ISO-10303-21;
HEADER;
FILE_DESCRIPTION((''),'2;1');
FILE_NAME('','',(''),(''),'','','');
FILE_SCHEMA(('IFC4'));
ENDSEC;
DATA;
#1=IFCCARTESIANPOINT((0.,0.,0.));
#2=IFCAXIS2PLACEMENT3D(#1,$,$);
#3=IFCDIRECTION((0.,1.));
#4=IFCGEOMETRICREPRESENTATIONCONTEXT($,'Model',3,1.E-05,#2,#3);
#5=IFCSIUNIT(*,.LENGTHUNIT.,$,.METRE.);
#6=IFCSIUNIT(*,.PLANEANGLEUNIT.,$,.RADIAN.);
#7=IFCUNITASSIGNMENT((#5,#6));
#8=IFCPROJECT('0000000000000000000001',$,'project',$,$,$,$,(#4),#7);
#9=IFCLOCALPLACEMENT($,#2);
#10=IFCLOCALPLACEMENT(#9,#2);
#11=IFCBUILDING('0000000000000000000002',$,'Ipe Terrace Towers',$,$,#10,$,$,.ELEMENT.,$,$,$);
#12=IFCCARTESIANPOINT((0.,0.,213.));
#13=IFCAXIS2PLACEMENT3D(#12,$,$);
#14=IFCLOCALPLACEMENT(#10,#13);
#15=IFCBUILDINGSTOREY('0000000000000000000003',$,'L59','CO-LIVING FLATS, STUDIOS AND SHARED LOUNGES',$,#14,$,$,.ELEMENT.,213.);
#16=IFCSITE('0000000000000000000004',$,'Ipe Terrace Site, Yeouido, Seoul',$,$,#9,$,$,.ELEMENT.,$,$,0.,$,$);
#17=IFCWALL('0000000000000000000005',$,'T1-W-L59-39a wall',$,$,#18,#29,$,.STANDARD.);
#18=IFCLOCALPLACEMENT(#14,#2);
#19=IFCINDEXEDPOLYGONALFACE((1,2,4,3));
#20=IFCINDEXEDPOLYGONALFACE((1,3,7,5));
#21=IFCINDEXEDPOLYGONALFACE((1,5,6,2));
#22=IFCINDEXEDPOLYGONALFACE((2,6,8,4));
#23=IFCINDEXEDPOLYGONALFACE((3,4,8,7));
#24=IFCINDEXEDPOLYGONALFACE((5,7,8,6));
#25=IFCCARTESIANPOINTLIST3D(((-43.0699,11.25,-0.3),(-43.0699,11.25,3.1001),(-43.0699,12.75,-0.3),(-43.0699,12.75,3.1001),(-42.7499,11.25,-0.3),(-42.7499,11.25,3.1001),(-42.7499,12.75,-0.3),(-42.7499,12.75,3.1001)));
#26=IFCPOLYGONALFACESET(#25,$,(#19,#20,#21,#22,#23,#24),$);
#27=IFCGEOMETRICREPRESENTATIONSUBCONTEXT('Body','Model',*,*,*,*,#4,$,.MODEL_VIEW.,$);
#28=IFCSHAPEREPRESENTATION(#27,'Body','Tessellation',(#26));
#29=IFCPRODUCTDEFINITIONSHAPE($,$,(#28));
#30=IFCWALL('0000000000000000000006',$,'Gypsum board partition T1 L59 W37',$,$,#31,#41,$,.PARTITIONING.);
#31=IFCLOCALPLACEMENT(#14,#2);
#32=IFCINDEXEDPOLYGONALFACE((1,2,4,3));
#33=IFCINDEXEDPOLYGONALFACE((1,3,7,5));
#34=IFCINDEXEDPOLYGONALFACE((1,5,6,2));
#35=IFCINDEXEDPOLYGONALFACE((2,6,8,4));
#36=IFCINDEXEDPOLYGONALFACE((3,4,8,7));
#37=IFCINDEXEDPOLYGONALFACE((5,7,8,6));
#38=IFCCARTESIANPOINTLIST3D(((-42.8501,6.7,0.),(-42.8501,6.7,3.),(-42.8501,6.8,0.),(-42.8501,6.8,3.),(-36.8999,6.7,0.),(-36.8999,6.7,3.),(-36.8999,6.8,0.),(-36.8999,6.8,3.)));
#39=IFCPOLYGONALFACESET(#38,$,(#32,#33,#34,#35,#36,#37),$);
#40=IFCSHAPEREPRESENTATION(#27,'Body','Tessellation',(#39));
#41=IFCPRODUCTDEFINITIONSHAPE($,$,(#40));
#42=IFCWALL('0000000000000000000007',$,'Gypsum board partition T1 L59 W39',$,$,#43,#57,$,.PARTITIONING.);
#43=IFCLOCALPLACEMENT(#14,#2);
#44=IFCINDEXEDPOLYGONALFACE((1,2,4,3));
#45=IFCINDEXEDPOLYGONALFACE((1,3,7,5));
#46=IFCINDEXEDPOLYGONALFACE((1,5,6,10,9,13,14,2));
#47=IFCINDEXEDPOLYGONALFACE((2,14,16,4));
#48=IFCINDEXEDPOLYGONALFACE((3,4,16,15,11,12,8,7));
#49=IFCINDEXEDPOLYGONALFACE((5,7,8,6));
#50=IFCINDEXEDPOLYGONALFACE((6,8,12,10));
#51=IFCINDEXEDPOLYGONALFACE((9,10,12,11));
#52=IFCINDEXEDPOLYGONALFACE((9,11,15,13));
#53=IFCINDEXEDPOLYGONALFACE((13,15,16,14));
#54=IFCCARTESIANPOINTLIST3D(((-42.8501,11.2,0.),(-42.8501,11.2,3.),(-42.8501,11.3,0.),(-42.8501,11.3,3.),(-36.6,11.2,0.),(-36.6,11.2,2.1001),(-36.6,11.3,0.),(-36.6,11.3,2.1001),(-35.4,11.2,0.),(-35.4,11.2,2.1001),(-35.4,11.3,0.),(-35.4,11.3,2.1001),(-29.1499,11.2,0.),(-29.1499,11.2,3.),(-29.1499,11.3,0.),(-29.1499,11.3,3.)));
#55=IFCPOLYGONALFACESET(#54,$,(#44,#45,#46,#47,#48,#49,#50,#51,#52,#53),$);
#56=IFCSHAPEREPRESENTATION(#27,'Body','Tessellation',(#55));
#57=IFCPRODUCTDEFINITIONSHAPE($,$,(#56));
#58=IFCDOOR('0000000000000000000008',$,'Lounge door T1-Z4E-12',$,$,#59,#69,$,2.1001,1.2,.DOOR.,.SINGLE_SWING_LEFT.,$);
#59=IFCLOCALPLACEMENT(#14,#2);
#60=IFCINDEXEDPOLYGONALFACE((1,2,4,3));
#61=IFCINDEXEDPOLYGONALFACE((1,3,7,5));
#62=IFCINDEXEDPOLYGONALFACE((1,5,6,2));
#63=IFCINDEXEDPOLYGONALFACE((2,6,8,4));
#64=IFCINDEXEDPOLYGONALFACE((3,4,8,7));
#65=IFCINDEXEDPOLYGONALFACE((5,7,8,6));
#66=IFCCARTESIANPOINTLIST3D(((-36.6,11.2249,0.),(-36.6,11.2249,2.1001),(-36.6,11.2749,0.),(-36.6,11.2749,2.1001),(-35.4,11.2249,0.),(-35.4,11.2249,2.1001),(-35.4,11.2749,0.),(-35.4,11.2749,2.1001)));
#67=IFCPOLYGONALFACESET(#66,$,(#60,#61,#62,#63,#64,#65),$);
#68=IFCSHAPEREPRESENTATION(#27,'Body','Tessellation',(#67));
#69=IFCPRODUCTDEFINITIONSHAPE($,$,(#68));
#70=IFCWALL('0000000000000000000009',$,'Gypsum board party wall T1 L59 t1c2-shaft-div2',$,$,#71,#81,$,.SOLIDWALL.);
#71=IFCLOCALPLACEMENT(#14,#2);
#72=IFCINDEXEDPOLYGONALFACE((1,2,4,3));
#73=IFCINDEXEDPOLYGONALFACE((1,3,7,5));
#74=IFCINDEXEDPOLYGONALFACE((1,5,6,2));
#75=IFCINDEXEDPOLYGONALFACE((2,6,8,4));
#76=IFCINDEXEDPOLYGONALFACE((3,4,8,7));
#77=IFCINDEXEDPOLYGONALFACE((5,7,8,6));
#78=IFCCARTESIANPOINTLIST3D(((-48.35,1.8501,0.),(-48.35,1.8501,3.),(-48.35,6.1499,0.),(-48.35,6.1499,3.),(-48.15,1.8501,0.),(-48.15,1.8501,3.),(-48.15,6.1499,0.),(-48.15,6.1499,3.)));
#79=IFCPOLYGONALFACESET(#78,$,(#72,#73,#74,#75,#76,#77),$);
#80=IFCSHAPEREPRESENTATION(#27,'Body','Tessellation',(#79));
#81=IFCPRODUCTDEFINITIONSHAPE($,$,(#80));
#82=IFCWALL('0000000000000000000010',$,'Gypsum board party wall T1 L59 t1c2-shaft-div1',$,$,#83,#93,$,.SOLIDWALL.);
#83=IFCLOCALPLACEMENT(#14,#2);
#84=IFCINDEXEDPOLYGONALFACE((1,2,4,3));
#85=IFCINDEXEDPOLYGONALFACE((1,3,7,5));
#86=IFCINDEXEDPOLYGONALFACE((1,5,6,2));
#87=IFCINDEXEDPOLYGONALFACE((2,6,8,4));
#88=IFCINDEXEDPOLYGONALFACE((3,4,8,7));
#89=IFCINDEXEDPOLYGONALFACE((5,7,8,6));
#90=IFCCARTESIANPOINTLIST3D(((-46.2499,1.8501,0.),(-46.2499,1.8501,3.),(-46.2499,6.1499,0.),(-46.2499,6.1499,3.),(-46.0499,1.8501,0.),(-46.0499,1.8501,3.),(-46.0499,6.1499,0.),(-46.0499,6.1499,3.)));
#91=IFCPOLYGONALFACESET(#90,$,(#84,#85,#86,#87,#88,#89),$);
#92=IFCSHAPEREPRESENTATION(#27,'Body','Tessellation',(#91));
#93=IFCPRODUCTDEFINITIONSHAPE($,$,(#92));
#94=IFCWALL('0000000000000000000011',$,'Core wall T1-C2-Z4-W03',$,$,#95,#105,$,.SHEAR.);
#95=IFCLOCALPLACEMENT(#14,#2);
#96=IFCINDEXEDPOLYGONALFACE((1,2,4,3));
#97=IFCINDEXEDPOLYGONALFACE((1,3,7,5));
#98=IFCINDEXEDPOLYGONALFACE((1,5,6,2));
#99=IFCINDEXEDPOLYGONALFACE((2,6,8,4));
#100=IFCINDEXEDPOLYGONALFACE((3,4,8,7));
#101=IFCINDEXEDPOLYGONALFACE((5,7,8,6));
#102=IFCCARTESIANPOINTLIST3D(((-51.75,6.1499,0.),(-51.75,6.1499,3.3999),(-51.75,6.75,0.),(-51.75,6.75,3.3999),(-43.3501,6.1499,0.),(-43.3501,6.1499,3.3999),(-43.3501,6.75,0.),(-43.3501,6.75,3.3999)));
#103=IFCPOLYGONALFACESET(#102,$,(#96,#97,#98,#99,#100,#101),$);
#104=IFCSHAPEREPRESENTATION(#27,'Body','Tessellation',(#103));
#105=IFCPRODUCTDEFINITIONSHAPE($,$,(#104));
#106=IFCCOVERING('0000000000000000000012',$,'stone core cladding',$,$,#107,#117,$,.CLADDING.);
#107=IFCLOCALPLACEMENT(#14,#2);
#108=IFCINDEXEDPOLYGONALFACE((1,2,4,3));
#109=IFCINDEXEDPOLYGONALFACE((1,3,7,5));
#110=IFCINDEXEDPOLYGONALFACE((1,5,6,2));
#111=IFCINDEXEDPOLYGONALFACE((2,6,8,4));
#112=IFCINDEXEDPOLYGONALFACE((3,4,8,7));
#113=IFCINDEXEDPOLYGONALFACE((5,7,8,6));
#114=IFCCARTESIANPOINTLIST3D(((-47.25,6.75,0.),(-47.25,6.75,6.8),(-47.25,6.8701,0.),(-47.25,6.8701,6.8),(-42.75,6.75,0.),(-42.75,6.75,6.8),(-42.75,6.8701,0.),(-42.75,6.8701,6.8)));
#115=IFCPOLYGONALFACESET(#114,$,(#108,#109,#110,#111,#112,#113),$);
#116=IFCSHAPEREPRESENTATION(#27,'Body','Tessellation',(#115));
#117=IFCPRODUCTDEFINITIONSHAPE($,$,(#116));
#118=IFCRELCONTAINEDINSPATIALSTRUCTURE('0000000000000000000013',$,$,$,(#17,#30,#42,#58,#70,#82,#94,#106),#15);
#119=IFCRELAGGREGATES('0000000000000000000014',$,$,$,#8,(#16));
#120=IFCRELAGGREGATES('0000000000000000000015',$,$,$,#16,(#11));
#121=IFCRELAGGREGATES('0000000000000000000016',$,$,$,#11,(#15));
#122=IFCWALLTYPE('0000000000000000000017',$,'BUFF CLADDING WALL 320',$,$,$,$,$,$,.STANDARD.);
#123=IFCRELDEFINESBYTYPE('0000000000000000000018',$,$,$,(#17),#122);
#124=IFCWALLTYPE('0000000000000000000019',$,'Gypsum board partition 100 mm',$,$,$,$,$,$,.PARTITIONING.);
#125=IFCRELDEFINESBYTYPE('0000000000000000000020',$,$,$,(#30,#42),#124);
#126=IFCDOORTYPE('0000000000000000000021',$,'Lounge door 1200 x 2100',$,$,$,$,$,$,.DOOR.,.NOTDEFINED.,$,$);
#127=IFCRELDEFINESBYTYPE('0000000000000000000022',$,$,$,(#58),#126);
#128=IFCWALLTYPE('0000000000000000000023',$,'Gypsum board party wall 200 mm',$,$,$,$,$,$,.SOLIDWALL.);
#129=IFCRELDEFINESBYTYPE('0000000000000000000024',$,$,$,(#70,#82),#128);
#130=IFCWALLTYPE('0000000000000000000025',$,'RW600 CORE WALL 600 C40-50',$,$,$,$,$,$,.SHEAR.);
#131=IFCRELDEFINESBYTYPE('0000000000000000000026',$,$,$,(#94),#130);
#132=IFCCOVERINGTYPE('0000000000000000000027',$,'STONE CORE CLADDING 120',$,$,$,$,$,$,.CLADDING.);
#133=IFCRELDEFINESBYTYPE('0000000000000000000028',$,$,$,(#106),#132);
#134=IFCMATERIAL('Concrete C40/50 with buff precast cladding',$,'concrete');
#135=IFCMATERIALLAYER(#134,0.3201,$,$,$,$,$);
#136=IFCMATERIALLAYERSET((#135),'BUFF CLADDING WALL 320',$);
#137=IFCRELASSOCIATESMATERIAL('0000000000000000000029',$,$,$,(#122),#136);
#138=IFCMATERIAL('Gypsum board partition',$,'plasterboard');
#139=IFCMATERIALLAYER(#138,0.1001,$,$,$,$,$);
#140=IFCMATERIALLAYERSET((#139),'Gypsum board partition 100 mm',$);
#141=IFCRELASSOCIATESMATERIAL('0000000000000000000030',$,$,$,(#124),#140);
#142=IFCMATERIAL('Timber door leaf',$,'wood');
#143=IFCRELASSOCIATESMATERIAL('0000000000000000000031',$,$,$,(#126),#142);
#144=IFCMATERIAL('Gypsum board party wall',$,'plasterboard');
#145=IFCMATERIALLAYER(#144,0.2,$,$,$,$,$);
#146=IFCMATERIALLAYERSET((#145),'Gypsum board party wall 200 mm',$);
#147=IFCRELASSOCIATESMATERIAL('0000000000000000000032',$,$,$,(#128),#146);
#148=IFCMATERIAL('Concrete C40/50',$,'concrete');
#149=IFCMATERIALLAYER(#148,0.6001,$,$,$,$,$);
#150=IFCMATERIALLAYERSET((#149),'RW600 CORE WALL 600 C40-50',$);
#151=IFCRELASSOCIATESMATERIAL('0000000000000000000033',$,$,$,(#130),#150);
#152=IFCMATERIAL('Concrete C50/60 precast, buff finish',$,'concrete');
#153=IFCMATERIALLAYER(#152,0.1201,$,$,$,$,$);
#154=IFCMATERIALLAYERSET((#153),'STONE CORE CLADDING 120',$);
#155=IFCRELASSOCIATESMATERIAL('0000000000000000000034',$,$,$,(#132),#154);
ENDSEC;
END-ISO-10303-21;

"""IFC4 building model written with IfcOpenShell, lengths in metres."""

from ifc_helpers import new_model, si_unit, direction, frame, frame_2d, origin, origin_2d, place, context, subcontext, project, spatial, rectangle, extrude, material, layer, layer_set, type_object, element, fill, save


model = new_model("IFC4")

# Units and contexts
model_context = context("Model", 3, precision=1e-05, world=origin(), true_north=direction((0.0, 1.0)))
body_context = subcontext(model_context, "Body", "Model", "MODEL_VIEW")
ifc_project = project(units=[si_unit("LENGTHUNIT", "METRE"), si_unit("PLANEANGLEUNIT", "RADIAN")], contexts=[model_context])

# Site, building, storey
site_placement = place(None, origin())
site = spatial("IfcSite", under=ifc_project, at=site_placement, Name="Ipe Terrace Site, Yeouido, Seoul", CompositionType="ELEMENT", RefElevation=0.0)
building_placement = place(site_placement, origin())
building = spatial("IfcBuilding", under=site, at=building_placement, Name="Ipe Terrace Towers", CompositionType="ELEMENT")
storey_placement = place(building_placement, frame((0.0, 0.0, 213.0)))
storey = spatial("IfcBuildingStorey", under=building, at=storey_placement, Name="L59", Description="CO-LIVING FLATS, STUDIOS AND SHARED LOUNGES", CompositionType="ELEMENT", Elevation=213.0)

# Walls
ifc_material_1 = material(Name="Concrete C40/50 with buff precast cladding", Category="concrete")
ifc_layer_1 = layer(ifc_material_1, 0.3201)
ifc_layer_set_1 = layer_set([ifc_layer_1], Name="BUFF CLADDING WALL 320")
wall_type_1 = type_object("IfcWallType", Name="BUFF CLADDING WALL 320", PredefinedType="STANDARD", material=ifc_layer_set_1)
wall_1_placement = place(storey_placement, frame((-42.9099, 12.75, -0.3), z_axis=(0.0, 0.0, 1.0), x_axis=(0.0, -1.0, 0.0)))
element("IfcWall", 1, at=wall_1_placement, inside=storey, type_object=wall_type_1, Name="T1-W-L59-39a wall", PredefinedType="STANDARD", context=body_context, shape_type="SweptSolid", body=[
    extrude(rectangle(XDim=1.5, YDim=0.3201, at=frame_2d((0.75, 0.0))), origin(), (0.0, 0.0, 1.0), 3.4001),
])
ifc_material_2 = material(Name="Gypsum board partition", Category="plasterboard")
ifc_layer_2 = layer(ifc_material_2, 0.1001)
ifc_layer_set_2 = layer_set([ifc_layer_2], Name="Gypsum board partition 100 mm")
wall_type_2 = type_object("IfcWallType", Name="Gypsum board partition 100 mm", PredefinedType="PARTITIONING", material=ifc_layer_set_2)
wall_2_placement = place(storey_placement, frame((-42.8501, 6.75, 0.0), z_axis=(0.0, 0.0, 1.0), x_axis=(1.0, 0.0, 0.0)))
element("IfcWall", 2, at=wall_2_placement, inside=storey, type_object=wall_type_2, Name="Gypsum board partition T1 L59 W37", PredefinedType="PARTITIONING", context=body_context, shape_type="SweptSolid", body=[
    extrude(rectangle(XDim=5.9502, YDim=0.1001, at=frame_2d((2.9751, 0.0))), origin(), (0.0, 0.0, 1.0), 3.0),
])

# Wall, opening, door
wall_3_placement = place(storey_placement, frame((-42.8501, 11.25, 0.0), z_axis=(0.0, 0.0, 1.0), x_axis=(1.0, 0.0, 0.0)))
wall_3 = element("IfcWall", 3, at=wall_3_placement, inside=storey, type_object=wall_type_2, Name="Gypsum board partition T1 L59 W39", PredefinedType="PARTITIONING", context=body_context, shape_type="SweptSolid", body=[
    extrude(rectangle(XDim=13.7002, YDim=0.1001, at=frame_2d((6.8501, 0.0))), origin(), (0.0, 0.0, 1.0), 3.0),
])
opening_1_placement = place(wall_3_placement, frame((6.25, 0.0, 0.0)))
opening_1 = element("IfcOpeningElement", 4, at=opening_1_placement, cuts=wall_3, PredefinedType="OPENING", context=body_context, shape_type="SweptSolid", body=[
    extrude(rectangle(XDim=1.2, YDim=2.1001, at=frame_2d((0.6001, 1.05))), frame((0.0, 0.0601, 0.0), z_axis=(0.0, -1.0, 0.0), x_axis=(1.0, 0.0, 0.0)), (0.0, 0.0, 1.0), 0.1201),
])
ifc_material_3 = material(Name="Timber door leaf", Category="wood")
door_type_1 = type_object("IfcDoorType", Name="Lounge door 1200 x 2100", OperationType="NOTDEFINED", PredefinedType="DOOR", material=ifc_material_3)
door_1_placement = place(opening_1_placement, origin())
door_1 = element("IfcDoor", 5, at=door_1_placement, inside=storey, type_object=door_type_1, Name="Lounge door T1-Z4E-12", OperationType="SINGLE_SWING_LEFT", OverallHeight=2.1001, OverallWidth=1.2, PredefinedType="DOOR", context=body_context, shape_type="SweptSolid", body=[
    extrude(rectangle(XDim=1.2, YDim=2.1001, at=frame_2d((0.6001, 1.05))), frame((0.0, 0.0249, 0.0), z_axis=(0.0, -1.0, 0.0), x_axis=(1.0, 0.0, 0.0)), (0.0, 0.0, 1.0), 0.05),
])
fill(opening_1, door_1)

# Walls
ifc_material_4 = material(Name="Gypsum board party wall", Category="plasterboard")
ifc_layer_3 = layer(ifc_material_4, 0.2)
ifc_layer_set_3 = layer_set([ifc_layer_3], Name="Gypsum board party wall 200 mm")
wall_type_3 = type_object("IfcWallType", Name="Gypsum board party wall 200 mm", PredefinedType="SOLIDWALL", material=ifc_layer_set_3)
for number, where, z_axis, x_axis, name in (
    (6, (-48.25, 6.1499, 0.0), (0.0, 0.0, 1.0), (0.0, -1.0, 0.0), "Gypsum board party wall T1 L59 t1c2-shaft-div2"),
    (7, (-46.1499, 6.1499, 0.0), (0.0, 0.0, 1.0), (0.0, -1.0, 0.0), "Gypsum board party wall T1 L59 t1c2-shaft-div1"),
):
    element("IfcWall", number, at=place(storey_placement, frame(where, z_axis=z_axis, x_axis=x_axis)), inside=storey, type_object=wall_type_3, Name=name, PredefinedType="SOLIDWALL", context=body_context, shape_type="SweptSolid", body=[
        extrude(rectangle(XDim=4.2998, YDim=0.2, at=frame_2d((2.1499, 0.0))), origin(), (0.0, 0.0, 1.0), 3.0),
    ])
ifc_material_5 = material(Name="Concrete C40/50", Category="concrete")
ifc_layer_4 = layer(ifc_material_5, 0.6001)
ifc_layer_set_4 = layer_set([ifc_layer_4], Name="RW600 CORE WALL 600 C40-50")
wall_type_4 = type_object("IfcWallType", Name="RW600 CORE WALL 600 C40-50", PredefinedType="SHEAR", material=ifc_layer_set_4)
wall_4_placement = place(storey_placement, frame((-43.3501, 6.45, 0.0), z_axis=(0.0, 0.0, 1.0), x_axis=(-1.0, 0.0, 0.0)))
element("IfcWall", 8, at=wall_4_placement, inside=storey, type_object=wall_type_4, Name="Core wall T1-C2-Z4-W03", PredefinedType="SHEAR", context=body_context, shape_type="SweptSolid", body=[
    extrude(rectangle(XDim=8.3999, YDim=0.6001, at=frame_2d((4.2, 0.0))), origin(), (0.0, 0.0, 1.0), 3.3999),
])

# Covering
ifc_material_6 = material(Name="Concrete C50/60 precast, buff finish", Category="concrete")
ifc_layer_5 = layer(ifc_material_6, 0.1201)
ifc_layer_set_5 = layer_set([ifc_layer_5], Name="STONE CORE CLADDING 120")
covering_type = type_object("IfcCoveringType", Name="STONE CORE CLADDING 120", PredefinedType="CLADDING", material=ifc_layer_set_5)
covering_placement = place(storey_placement, frame((-45.0, 6.8101, 0.0), z_axis=(0.0, 0.0, 1.0), x_axis=(-1.0, 0.0, 0.0)))
element("IfcCovering", 9, at=covering_placement, inside=storey, type_object=covering_type, Name="stone core cladding", PredefinedType="CLADDING", context=body_context, shape_type="SweptSolid", body=[
    extrude(rectangle(XDim=4.5, YDim=0.1201, at=origin_2d()), origin(), (0.0, 0.0, 1.0), 6.8),
])

save(model, "model.ifc")
